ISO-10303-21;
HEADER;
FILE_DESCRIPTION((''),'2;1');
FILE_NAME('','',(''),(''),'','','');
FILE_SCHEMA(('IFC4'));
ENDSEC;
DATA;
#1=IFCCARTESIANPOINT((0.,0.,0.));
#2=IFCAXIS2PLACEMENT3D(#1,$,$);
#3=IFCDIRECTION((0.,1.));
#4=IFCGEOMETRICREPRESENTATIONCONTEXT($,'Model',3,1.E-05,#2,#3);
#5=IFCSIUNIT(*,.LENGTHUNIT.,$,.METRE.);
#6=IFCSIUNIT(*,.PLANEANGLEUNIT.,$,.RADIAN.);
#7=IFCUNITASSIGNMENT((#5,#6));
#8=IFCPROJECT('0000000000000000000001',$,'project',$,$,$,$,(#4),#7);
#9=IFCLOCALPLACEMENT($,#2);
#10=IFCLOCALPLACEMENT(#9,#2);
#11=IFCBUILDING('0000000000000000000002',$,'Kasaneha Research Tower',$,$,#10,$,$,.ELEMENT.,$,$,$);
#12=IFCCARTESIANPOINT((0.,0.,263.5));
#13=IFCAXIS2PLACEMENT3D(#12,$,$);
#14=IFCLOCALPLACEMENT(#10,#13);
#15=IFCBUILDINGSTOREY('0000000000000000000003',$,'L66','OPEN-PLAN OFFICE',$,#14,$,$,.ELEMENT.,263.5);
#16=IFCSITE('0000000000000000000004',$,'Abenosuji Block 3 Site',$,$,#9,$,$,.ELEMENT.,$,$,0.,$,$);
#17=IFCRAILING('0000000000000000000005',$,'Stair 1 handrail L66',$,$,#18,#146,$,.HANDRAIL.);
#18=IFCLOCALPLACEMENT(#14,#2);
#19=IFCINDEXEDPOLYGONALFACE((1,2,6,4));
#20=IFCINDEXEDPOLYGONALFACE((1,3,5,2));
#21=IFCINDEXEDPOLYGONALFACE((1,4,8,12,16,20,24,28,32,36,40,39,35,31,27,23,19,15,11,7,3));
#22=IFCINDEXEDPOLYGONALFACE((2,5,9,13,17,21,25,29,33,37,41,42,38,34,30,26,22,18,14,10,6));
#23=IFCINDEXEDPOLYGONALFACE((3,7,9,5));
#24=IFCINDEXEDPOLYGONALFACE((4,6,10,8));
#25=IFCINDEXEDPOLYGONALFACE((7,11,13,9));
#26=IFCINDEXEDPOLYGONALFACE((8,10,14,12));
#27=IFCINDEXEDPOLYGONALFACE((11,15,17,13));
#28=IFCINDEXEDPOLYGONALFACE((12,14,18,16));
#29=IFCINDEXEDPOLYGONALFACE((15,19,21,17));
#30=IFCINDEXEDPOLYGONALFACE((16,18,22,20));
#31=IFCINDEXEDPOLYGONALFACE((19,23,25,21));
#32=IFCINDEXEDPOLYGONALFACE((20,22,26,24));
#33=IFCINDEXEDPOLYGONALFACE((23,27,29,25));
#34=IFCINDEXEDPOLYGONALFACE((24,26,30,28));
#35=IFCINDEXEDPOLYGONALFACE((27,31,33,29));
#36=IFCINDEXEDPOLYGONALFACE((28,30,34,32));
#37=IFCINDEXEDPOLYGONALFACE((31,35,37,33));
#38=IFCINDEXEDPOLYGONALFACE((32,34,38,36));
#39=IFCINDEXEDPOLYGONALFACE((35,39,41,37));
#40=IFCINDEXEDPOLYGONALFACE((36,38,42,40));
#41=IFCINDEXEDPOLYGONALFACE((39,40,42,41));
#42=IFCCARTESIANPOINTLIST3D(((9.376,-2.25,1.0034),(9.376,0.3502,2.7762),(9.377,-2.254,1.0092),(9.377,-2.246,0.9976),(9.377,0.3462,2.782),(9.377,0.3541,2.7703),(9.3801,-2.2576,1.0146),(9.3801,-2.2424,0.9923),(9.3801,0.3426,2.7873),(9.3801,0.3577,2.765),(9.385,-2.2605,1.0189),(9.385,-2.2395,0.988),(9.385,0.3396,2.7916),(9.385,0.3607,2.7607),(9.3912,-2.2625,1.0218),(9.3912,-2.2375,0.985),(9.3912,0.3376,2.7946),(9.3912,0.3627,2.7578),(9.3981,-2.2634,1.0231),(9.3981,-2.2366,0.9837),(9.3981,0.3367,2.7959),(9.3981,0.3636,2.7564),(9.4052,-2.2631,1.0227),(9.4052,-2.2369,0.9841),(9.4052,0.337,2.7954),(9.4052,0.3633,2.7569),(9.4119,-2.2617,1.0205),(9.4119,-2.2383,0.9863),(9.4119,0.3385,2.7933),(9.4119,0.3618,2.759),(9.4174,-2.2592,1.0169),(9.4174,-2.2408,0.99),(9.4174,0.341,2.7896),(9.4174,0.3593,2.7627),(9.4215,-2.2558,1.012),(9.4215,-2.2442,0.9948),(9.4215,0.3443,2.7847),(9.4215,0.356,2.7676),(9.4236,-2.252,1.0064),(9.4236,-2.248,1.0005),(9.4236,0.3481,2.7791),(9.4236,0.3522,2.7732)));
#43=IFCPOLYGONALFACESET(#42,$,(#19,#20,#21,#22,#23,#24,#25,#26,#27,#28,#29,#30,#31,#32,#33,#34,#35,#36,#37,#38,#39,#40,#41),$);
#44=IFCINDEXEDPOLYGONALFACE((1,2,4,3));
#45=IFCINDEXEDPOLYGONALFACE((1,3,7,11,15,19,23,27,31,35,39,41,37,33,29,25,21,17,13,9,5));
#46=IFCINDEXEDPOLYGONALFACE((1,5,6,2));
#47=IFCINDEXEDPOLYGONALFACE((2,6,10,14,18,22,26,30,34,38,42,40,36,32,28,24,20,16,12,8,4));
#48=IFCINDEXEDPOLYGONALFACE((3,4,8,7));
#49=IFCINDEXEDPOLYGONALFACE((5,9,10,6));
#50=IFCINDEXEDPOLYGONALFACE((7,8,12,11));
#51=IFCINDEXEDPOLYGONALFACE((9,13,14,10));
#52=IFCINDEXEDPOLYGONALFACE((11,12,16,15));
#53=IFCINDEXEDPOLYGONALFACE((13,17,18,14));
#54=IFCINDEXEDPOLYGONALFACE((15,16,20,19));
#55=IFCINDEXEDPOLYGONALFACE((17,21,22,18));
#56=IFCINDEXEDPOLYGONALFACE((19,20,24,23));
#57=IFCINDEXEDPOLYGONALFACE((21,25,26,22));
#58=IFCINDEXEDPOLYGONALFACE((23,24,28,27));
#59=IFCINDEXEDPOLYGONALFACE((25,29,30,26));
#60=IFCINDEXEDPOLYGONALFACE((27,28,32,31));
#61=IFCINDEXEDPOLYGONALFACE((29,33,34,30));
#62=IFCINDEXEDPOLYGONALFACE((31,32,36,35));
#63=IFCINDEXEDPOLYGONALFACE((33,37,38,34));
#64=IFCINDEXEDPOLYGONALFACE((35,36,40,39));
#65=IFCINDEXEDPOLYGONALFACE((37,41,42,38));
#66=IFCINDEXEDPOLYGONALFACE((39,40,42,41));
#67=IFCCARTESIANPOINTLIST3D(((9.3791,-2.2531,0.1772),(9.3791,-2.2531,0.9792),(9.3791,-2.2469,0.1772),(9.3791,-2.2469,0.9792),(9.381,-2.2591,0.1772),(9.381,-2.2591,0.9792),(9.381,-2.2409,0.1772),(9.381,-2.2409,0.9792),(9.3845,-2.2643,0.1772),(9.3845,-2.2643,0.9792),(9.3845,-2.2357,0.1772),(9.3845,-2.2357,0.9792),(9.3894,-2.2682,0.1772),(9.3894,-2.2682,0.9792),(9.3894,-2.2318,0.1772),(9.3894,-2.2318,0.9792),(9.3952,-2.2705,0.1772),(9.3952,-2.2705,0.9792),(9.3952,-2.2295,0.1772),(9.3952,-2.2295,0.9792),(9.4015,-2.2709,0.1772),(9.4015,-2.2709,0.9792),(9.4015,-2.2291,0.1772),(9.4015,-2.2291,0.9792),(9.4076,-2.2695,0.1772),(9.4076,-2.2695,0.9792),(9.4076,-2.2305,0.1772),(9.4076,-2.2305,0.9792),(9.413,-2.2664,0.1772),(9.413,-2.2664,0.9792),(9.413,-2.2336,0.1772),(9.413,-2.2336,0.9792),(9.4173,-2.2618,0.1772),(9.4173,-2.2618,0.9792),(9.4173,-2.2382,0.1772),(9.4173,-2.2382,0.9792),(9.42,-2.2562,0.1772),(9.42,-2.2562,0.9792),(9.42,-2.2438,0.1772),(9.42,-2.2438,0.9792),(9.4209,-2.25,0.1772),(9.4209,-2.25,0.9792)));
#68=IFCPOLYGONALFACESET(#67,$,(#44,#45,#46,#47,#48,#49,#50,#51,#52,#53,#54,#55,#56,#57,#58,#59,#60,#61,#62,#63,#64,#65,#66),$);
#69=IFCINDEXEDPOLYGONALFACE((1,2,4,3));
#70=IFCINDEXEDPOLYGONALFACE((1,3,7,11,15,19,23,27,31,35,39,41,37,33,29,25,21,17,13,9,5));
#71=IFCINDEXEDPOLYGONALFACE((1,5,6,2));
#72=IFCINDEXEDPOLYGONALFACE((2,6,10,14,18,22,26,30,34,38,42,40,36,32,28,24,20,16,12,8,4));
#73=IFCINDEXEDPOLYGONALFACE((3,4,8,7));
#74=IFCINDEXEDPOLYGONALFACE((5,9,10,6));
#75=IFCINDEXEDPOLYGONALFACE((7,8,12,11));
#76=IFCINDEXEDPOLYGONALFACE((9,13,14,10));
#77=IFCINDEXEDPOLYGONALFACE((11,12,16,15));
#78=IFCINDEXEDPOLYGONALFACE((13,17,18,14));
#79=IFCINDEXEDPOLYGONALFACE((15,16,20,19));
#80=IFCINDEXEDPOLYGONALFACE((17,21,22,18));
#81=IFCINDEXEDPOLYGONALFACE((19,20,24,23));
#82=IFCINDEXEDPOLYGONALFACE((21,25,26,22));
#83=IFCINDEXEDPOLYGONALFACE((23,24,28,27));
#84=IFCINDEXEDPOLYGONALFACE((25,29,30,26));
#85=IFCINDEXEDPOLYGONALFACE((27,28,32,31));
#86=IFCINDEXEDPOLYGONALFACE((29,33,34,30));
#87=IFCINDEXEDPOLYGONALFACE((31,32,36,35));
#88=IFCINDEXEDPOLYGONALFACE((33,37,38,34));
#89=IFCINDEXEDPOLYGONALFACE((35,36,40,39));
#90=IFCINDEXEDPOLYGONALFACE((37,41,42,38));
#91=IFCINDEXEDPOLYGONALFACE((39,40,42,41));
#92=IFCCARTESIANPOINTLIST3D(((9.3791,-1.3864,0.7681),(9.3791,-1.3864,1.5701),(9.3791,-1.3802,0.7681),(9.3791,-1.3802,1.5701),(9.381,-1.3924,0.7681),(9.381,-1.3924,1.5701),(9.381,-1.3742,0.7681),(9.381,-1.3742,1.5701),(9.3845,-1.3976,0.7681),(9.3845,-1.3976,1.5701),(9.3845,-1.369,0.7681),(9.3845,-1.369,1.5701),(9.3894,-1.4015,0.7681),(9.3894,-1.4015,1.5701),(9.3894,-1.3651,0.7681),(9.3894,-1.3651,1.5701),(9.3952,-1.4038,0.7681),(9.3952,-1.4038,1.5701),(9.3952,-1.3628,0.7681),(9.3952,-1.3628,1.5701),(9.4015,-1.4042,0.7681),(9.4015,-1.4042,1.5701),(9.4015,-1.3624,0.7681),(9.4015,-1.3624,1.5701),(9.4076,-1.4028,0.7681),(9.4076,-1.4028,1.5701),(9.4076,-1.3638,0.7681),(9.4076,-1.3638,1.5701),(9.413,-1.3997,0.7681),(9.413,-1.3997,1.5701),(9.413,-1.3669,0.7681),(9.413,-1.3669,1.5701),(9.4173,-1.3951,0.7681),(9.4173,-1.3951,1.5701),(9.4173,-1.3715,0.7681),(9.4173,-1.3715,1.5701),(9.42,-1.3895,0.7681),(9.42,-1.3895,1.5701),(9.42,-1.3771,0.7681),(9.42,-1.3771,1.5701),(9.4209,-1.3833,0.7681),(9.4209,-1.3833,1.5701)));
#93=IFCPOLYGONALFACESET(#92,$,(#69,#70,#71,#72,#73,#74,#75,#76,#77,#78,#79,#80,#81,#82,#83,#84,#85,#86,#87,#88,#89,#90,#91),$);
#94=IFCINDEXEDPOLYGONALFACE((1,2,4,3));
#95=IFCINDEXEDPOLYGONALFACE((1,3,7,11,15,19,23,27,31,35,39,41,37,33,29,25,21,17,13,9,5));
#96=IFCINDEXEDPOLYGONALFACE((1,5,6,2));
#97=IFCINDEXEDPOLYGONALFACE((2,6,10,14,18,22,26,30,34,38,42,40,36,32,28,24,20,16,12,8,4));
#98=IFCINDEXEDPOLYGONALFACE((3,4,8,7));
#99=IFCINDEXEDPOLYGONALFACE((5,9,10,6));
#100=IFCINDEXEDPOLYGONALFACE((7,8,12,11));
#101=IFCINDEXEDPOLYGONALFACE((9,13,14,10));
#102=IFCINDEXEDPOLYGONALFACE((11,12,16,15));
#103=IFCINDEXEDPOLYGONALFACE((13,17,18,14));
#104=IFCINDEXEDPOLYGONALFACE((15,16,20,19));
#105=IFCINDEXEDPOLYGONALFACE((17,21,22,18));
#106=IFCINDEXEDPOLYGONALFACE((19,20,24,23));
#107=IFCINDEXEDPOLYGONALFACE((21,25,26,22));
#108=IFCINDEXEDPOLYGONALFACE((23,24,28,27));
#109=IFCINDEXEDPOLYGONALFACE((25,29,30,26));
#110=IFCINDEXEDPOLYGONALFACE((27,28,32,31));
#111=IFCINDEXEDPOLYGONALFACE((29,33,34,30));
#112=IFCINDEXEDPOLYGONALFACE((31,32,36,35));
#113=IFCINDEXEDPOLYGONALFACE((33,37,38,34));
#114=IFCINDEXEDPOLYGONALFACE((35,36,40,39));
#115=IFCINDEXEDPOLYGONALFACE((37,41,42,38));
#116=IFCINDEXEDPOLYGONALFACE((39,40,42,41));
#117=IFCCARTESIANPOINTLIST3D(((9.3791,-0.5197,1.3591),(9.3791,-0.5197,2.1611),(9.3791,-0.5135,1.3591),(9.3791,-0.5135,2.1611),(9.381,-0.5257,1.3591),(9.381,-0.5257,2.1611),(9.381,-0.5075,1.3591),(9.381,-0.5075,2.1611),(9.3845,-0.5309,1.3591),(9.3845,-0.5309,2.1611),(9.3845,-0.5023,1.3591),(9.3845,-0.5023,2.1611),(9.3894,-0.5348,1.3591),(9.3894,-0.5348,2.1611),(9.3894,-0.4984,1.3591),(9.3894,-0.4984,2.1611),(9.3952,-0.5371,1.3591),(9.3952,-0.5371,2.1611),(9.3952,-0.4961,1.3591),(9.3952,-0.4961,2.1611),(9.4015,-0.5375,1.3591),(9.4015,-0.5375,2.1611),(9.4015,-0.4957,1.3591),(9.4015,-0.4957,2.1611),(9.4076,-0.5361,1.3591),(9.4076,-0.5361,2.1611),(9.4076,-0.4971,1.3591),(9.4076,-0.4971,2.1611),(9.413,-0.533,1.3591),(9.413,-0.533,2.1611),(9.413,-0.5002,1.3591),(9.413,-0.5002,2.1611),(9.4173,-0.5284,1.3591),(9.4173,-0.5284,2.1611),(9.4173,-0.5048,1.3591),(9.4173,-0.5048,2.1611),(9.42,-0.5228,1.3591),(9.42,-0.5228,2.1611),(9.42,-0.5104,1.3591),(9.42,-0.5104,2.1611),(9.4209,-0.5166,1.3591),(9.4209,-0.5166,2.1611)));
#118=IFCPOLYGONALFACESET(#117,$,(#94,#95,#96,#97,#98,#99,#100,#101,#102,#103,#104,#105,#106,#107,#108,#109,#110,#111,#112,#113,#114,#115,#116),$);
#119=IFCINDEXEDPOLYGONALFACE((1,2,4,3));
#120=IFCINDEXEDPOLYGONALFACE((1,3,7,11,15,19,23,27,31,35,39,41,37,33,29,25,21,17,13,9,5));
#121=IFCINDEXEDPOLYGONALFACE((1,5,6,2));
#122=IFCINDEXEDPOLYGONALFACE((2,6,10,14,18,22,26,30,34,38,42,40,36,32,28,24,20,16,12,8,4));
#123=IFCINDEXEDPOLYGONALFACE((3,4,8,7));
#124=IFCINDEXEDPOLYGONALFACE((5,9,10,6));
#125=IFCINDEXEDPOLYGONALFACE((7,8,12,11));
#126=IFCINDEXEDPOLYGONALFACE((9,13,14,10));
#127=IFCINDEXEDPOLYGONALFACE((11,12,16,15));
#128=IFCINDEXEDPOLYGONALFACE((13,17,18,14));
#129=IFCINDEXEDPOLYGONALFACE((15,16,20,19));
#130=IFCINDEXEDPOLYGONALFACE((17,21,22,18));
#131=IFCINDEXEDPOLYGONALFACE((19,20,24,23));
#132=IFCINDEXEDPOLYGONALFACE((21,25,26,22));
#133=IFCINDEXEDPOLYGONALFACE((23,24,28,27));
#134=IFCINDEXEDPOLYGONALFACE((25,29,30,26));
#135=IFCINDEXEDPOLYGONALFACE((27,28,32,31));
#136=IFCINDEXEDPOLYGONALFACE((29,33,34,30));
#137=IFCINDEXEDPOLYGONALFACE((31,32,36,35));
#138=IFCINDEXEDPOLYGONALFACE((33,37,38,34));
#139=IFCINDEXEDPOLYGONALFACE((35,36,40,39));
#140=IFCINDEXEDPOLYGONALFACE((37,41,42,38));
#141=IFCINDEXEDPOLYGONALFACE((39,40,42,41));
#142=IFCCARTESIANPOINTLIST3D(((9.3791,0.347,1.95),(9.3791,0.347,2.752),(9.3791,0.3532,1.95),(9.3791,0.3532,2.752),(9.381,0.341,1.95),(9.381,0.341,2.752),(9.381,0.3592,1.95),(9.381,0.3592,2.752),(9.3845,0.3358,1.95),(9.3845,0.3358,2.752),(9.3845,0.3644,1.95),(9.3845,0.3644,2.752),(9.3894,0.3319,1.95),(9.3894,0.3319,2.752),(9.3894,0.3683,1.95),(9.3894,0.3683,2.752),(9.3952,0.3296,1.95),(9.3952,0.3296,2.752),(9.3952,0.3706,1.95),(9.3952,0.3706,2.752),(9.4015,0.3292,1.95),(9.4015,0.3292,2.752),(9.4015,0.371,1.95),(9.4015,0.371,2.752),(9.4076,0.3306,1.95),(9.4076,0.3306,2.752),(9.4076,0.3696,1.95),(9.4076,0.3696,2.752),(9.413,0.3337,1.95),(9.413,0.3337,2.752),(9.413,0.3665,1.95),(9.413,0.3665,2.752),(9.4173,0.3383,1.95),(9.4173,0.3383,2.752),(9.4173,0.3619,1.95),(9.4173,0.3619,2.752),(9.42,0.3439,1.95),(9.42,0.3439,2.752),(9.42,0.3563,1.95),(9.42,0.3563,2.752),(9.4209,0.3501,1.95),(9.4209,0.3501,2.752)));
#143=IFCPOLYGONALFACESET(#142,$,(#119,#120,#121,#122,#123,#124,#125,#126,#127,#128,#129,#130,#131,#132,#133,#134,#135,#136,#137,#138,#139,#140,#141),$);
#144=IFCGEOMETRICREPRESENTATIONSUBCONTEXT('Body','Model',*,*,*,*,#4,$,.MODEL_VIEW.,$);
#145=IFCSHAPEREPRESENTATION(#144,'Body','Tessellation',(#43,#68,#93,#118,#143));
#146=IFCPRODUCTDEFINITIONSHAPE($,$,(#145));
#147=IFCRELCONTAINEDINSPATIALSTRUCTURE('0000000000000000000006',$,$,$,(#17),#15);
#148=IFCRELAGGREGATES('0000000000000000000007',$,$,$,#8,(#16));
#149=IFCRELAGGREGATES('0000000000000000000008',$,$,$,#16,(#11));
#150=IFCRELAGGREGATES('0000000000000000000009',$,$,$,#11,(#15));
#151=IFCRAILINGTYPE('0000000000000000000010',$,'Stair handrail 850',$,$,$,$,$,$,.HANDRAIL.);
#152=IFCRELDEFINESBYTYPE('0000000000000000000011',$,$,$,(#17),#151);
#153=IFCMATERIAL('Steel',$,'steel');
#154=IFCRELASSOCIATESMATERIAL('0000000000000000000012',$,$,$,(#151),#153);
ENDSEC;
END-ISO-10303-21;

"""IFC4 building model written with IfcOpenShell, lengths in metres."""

from ifc_helpers import new_model, si_unit, direction, frame, origin, origin_2d, place, context, subcontext, project, spatial, circle, extrude, material, type_object, element, save


model = new_model("IFC4")

# Units and contexts
model_context = context("Model", 3, precision=1e-05, world=origin(), true_north=direction((0.0, 1.0)))
body_context = subcontext(model_context, "Body", "Model", "MODEL_VIEW")
ifc_project = project(units=[si_unit("LENGTHUNIT", "METRE"), si_unit("PLANEANGLEUNIT", "RADIAN")], contexts=[model_context])

# Site, building, storey
site_placement = place(None, origin())
site = spatial("IfcSite", under=ifc_project, at=site_placement, Name="Abenosuji Block 3 Site", CompositionType="ELEMENT", RefElevation=0.0)
building_placement = place(site_placement, origin())
building = spatial("IfcBuilding", under=site, at=building_placement, Name="Kasaneha Research Tower", CompositionType="ELEMENT")
storey_placement = place(building_placement, frame((0.0, 0.0, 263.5)))
storey = spatial("IfcBuildingStorey", under=building, at=storey_placement, Name="L66", Description="OPEN-PLAN OFFICE", CompositionType="ELEMENT", Elevation=263.5)

# Railing
ifc_material_1 = material(Name="Steel", Category="steel")
railing_type_1 = type_object("IfcRailingType", Name="Stair handrail 850", PredefinedType="HANDRAIL", material=ifc_material_1)
railing_1_placement = place(storey_placement, frame((9.3999, -2.25, 0.1772)))
element("IfcRailing", 1, at=railing_1_placement, inside=storey, type_object=railing_type_1, Name="Stair 1 handrail L66", PredefinedType="HANDRAIL", context=body_context, shape_type="SweptSolid", body=[
    extrude(circle(Radius=0.0239, at=origin_2d()), frame((0.0, 0.0, 0.8262), z_axis=(0.0, 0.82624, 0.563318), x_axis=(-1.0, 0.0, 0.0)), (0.0, 0.0, 1.0), 3.147),
    extrude(circle(Radius=0.021, at=origin_2d()), origin(), (0.0, 0.0, 1.0), 0.802),
    extrude(circle(Radius=0.021, at=origin_2d()), frame((0.0, 0.8667, 0.5908)), (0.0, 0.0, 1.0), 0.802),
    extrude(circle(Radius=0.021, at=origin_2d()), frame((0.0, 1.7334, 1.1819)), (0.0, 0.0, 1.0), 0.802),
    extrude(circle(Radius=0.021, at=origin_2d()), frame((0.0, 2.6001, 1.7727)), (0.0, 0.0, 1.0), 0.802),
])

save(model, "model.ifc")
